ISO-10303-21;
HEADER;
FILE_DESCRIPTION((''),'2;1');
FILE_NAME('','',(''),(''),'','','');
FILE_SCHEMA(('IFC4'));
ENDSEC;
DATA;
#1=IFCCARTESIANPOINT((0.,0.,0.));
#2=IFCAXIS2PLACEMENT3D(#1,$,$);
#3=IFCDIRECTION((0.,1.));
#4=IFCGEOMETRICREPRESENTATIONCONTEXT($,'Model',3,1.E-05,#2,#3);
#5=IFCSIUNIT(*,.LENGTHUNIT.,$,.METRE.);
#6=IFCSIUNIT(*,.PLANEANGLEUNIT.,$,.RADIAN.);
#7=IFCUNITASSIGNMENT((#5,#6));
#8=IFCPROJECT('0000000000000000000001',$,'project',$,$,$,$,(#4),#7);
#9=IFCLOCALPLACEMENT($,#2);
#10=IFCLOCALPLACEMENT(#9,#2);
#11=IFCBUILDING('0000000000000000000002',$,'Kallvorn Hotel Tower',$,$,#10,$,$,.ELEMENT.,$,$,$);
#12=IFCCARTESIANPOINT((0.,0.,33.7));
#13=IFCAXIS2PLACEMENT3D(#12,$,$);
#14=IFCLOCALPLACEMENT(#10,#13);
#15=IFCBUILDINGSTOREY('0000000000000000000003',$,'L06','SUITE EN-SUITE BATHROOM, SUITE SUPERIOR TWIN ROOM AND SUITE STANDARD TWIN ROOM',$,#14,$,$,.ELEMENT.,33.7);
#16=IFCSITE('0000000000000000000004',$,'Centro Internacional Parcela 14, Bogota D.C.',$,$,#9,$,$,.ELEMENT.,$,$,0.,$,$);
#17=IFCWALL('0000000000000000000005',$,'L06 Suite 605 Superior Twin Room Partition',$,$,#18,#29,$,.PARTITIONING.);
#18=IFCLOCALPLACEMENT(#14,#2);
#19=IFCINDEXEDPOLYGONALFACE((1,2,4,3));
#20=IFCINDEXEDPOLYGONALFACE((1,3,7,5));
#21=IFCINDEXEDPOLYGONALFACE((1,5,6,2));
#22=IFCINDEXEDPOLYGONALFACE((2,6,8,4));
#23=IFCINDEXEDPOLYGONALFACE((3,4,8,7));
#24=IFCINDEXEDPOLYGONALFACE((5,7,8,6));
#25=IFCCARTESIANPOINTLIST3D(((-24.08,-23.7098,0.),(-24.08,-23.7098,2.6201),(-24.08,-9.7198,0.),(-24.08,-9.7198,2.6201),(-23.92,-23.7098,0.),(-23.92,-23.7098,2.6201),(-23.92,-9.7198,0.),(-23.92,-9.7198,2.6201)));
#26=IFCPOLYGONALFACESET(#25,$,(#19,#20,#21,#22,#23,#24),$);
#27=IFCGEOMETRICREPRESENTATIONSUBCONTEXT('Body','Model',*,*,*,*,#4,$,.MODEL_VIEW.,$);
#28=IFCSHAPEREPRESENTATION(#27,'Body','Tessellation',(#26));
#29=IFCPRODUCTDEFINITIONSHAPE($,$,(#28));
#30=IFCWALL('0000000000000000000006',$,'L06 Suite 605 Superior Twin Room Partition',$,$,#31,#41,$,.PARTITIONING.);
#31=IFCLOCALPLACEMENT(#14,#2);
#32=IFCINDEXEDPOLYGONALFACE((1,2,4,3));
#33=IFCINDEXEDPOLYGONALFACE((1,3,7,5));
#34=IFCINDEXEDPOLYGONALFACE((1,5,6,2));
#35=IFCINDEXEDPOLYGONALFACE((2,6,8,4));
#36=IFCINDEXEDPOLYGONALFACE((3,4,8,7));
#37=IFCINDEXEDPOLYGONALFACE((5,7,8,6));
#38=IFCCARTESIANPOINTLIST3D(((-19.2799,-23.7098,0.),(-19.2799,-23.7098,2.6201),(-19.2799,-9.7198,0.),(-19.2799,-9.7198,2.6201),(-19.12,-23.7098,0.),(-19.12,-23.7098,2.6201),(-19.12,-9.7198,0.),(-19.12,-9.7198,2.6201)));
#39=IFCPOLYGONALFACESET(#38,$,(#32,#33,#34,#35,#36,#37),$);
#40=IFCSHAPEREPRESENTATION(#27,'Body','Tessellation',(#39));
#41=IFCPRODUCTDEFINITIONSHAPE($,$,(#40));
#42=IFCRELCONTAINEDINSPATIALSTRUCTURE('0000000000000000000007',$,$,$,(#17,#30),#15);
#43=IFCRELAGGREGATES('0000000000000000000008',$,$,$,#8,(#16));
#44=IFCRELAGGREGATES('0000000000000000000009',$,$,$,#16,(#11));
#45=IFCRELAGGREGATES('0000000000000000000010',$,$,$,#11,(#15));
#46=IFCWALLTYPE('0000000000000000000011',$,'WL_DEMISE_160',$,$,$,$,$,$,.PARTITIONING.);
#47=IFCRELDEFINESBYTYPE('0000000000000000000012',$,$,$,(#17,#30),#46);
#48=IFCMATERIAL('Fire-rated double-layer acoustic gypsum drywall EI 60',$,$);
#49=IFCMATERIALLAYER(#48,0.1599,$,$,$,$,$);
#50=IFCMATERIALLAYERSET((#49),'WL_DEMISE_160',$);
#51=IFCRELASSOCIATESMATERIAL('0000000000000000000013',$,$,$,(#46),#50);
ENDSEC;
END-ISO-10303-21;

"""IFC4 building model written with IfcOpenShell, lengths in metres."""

from ifc_helpers import new_model, si_unit, direction, frame, frame_2d, origin, place, context, subcontext, project, spatial, rectangle, extrude, material, layer, layer_set, type_object, element, save


model = new_model("IFC4")

# Units and contexts
model_context = context("Model", 3, precision=1e-05, world=origin(), true_north=direction((0.0, 1.0)))
body_context = subcontext(model_context, "Body", "Model", "MODEL_VIEW")
ifc_project = project(units=[si_unit("LENGTHUNIT", "METRE"), si_unit("PLANEANGLEUNIT", "RADIAN")], contexts=[model_context])

# Site, building, storey
site_placement = place(None, origin())
site = spatial("IfcSite", under=ifc_project, at=site_placement, Name="Centro Internacional Parcela 14, Bogota D.C.", CompositionType="ELEMENT", RefElevation=0.0)
building_placement = place(site_placement, origin())
building = spatial("IfcBuilding", under=site, at=building_placement, Name="Kallvorn Hotel Tower", CompositionType="ELEMENT")
storey_placement = place(building_placement, frame((0.0, 0.0, 33.7)))
storey = spatial("IfcBuildingStorey", under=building, at=storey_placement, Name="L06", Description="SUITE EN-SUITE BATHROOM, SUITE SUPERIOR TWIN ROOM AND SUITE STANDARD TWIN ROOM", CompositionType="ELEMENT", Elevation=33.7)

# Walls
ifc_material_1 = material(Name="Fire-rated double-layer acoustic gypsum drywall EI 60")
ifc_layer_1 = layer(ifc_material_1, 0.1599)
ifc_layer_set_1 = layer_set([ifc_layer_1], Name="WL_DEMISE_160")
wall_type = type_object("IfcWallType", Name="WL_DEMISE_160", PredefinedType="PARTITIONING", material=ifc_layer_set_1)
for number, where, z_axis, x_axis, name in (
    (1, (-24.0, -23.71, 0.0), (0.0, 0.0, 1.0), (0.0, 1.0, 0.0), "L06 Suite 605 Superior Twin Room Partition"),
    (2, (-19.2, -23.71, 0.0), (0.0, 0.0, 1.0), (0.0, 1.0, 0.0), "L06 Suite 605 Superior Twin Room Partition"),
):
    element("IfcWall", number, at=place(storey_placement, frame(where, z_axis=z_axis, x_axis=x_axis)), inside=storey, type_object=wall_type, Name=name, PredefinedType="PARTITIONING", context=body_context, shape_type="SweptSolid", body=[
        extrude(rectangle(XDim=13.99, YDim=0.1599, at=frame_2d((6.9951, 0.0))), origin(), (0.0, 0.0, 1.0), 2.6201),
    ])

save(model, "model.ifc")
